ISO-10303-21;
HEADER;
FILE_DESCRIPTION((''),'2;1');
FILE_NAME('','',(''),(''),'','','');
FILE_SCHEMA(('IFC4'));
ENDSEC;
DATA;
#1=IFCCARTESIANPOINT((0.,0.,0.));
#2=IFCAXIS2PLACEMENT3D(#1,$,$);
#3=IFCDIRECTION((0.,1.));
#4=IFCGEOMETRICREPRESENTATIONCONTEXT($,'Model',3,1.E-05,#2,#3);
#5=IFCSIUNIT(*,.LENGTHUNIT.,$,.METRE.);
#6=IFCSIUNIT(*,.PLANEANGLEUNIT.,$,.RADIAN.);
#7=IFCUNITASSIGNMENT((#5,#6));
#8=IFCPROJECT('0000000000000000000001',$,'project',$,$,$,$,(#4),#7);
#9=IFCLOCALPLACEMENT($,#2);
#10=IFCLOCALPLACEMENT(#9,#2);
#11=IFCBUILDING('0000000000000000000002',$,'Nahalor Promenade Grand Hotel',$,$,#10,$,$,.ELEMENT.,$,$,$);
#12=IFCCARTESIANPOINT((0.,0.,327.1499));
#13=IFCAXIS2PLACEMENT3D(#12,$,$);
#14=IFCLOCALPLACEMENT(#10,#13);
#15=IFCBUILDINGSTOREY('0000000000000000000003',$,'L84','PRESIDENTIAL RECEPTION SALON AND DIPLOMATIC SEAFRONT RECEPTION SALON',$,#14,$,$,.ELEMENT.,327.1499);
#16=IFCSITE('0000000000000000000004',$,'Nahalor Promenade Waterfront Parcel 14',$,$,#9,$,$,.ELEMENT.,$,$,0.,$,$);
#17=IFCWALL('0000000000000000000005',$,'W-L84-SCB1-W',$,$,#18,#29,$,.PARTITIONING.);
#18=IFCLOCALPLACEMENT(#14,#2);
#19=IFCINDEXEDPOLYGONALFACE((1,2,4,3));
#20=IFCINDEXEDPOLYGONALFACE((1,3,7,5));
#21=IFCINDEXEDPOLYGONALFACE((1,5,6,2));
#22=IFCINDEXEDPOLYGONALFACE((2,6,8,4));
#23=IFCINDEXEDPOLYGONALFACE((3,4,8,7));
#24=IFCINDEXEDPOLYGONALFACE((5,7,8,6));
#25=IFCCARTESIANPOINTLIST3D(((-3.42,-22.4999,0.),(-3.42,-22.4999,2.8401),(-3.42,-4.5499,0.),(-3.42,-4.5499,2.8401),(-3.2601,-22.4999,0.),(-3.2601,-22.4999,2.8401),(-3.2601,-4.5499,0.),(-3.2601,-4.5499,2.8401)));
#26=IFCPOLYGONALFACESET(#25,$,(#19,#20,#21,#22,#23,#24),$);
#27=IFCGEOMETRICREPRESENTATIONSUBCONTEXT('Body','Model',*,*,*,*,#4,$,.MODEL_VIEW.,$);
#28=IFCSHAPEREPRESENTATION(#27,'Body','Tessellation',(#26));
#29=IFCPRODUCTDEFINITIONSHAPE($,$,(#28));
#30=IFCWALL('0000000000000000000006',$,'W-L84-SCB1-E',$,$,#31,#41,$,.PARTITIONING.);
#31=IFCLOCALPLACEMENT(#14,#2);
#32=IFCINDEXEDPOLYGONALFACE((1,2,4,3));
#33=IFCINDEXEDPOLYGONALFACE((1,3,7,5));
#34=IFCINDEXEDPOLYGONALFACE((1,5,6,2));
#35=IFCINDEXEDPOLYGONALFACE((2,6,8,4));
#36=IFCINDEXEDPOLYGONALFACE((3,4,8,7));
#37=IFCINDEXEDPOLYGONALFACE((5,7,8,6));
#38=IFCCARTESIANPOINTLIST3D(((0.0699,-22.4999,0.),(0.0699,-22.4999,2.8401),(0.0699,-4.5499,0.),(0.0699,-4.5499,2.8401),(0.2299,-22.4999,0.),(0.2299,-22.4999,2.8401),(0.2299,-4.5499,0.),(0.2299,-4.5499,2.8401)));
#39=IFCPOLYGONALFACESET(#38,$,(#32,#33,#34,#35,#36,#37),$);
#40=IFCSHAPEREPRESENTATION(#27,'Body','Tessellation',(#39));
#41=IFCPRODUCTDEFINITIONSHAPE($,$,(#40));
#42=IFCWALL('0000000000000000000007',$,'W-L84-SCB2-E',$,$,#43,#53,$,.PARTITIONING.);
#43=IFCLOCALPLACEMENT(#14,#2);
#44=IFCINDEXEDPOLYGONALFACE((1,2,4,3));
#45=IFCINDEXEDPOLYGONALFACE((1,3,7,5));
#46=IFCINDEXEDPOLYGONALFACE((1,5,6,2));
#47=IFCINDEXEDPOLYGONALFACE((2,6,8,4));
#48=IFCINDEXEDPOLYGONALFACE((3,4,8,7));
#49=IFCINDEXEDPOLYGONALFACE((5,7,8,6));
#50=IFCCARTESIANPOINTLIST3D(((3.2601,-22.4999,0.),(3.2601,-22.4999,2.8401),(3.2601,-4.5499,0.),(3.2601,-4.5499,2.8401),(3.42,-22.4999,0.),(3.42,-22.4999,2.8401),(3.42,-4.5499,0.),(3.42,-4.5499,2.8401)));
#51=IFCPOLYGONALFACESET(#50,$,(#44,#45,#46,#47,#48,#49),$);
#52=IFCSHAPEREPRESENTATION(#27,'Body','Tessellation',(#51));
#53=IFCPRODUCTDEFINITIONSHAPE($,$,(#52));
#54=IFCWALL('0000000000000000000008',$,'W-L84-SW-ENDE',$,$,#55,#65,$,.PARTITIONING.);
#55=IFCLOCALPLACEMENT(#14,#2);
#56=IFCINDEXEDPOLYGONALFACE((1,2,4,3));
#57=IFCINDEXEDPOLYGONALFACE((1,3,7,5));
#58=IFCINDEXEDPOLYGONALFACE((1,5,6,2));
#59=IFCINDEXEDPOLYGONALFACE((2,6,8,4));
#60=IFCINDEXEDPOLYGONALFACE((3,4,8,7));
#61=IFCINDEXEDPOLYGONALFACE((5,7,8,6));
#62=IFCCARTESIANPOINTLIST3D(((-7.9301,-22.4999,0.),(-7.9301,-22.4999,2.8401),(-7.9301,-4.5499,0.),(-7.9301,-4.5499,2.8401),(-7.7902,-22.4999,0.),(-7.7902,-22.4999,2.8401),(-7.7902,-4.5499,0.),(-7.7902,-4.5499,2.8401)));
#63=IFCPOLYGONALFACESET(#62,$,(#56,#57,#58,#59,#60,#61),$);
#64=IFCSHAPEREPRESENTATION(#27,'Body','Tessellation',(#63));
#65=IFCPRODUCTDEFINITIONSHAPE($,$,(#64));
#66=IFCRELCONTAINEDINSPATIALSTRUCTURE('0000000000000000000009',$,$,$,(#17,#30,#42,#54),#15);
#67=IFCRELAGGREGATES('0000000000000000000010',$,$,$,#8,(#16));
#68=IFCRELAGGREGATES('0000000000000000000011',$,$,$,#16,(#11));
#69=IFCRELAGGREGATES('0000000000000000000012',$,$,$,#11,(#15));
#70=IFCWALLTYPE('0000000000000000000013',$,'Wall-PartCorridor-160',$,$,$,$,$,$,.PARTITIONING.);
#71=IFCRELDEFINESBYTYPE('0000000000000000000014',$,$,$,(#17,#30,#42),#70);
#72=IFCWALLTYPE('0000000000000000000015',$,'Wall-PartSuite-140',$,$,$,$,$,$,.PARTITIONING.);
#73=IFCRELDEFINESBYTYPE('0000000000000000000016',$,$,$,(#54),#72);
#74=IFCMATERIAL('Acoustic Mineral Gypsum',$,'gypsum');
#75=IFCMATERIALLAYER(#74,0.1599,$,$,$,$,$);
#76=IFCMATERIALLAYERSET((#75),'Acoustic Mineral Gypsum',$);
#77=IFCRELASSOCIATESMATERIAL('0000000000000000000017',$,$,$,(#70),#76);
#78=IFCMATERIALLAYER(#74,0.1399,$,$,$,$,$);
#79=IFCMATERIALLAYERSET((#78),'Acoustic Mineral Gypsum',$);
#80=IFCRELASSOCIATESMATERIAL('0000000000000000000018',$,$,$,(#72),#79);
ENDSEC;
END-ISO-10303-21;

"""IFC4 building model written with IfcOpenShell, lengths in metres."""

from ifc_helpers import new_model, si_unit, direction, frame, frame_2d, origin, place, context, subcontext, project, spatial, rectangle, extrude, source, transform, mapped, material, layer, layer_set, type_object, element, save


model = new_model("IFC4")

# Units and contexts
model_context = context("Model", 3, precision=1e-05, world=origin(), true_north=direction((0.0, 1.0)))
body_context = subcontext(model_context, "Body", "Model", "MODEL_VIEW")
ifc_project = project(units=[si_unit("LENGTHUNIT", "METRE"), si_unit("PLANEANGLEUNIT", "RADIAN")], contexts=[model_context])

# Site, building, storey
site_placement = place(None, origin())
site = spatial("IfcSite", under=ifc_project, at=site_placement, Name="Nahalor Promenade Waterfront Parcel 14", CompositionType="ELEMENT", RefElevation=0.0)
building_placement = place(site_placement, origin())
building = spatial("IfcBuilding", under=site, at=building_placement, Name="Nahalor Promenade Grand Hotel", CompositionType="ELEMENT")
storey_placement = place(building_placement, frame((0.0, 0.0, 327.1499)))
storey = spatial("IfcBuildingStorey", under=building, at=storey_placement, Name="L84", Description="PRESIDENTIAL RECEPTION SALON AND DIPLOMATIC SEAFRONT RECEPTION SALON", CompositionType="ELEMENT", Elevation=327.1499)

# Walls
ifc_material_1 = material(Name="Acoustic Mineral Gypsum", Category="gypsum")
ifc_layer_1 = layer(ifc_material_1, 0.1599)
ifc_layer_set_1 = layer_set([ifc_layer_1], Name="Acoustic Mineral Gypsum")
wall_type_1 = type_object("IfcWallType", Name="Wall-PartCorridor-160", PredefinedType="PARTITIONING", material=ifc_layer_set_1)
shared_shape_1 = source(origin(), body_context, "Body", "SweptSolid", [
    extrude(rectangle(XDim=17.95, YDim=0.1599, at=frame_2d((8.9751, 0.0))), origin(), (0.0, 0.0, 1.0), 2.8401),
])
for number, where, z_axis, x_axis, name in (
    (1, (-3.3401, -22.5, 0.0), (0.0, 0.0, 1.0), (0.0, 1.0, 0.0), "W-L84-SCB1-W"),
    (2, (0.1499, -22.5, 0.0), (0.0, 0.0, 1.0), (0.0, 1.0, 0.0), "W-L84-SCB1-E"),
    (3, (3.3401, -22.5, 0.0), (0.0, 0.0, 1.0), (0.0, 1.0, 0.0), "W-L84-SCB2-E"),
):
    element("IfcWall", number, at=place(storey_placement, frame(where, z_axis=z_axis, x_axis=x_axis)), inside=storey, type_object=wall_type_1, Name=name, PredefinedType="PARTITIONING", context=body_context, shape_type="MappedRepresentation", body=[
        mapped(shared_shape_1, transform((0.0, 0.0, 0.0), scale=1.0)),
    ])
ifc_layer_2 = layer(ifc_material_1, 0.1399)
ifc_layer_set_2 = layer_set([ifc_layer_2], Name="Acoustic Mineral Gypsum")
wall_type_2 = type_object("IfcWallType", Name="Wall-PartSuite-140", PredefinedType="PARTITIONING", material=ifc_layer_set_2)
shared_shape_2 = source(origin(), body_context, "Body", "SweptSolid", [
    extrude(rectangle(XDim=17.95, YDim=0.1399, at=frame_2d((8.9751, 0.0))), origin(), (0.0, 0.0, 1.0), 2.8401),
])
wall_1_placement = place(storey_placement, frame((-7.8601, -22.5, 0.0), z_axis=(0.0, 0.0, 1.0), x_axis=(0.0, 1.0, 0.0)))
element("IfcWall", 4, at=wall_1_placement, inside=storey, type_object=wall_type_2, Name="W-L84-SW-ENDE", PredefinedType="PARTITIONING", context=body_context, shape_type="MappedRepresentation", body=[
    mapped(shared_shape_2, transform((0.0, 0.0, 0.0), scale=1.0)),
])

save(model, "model.ifc")
